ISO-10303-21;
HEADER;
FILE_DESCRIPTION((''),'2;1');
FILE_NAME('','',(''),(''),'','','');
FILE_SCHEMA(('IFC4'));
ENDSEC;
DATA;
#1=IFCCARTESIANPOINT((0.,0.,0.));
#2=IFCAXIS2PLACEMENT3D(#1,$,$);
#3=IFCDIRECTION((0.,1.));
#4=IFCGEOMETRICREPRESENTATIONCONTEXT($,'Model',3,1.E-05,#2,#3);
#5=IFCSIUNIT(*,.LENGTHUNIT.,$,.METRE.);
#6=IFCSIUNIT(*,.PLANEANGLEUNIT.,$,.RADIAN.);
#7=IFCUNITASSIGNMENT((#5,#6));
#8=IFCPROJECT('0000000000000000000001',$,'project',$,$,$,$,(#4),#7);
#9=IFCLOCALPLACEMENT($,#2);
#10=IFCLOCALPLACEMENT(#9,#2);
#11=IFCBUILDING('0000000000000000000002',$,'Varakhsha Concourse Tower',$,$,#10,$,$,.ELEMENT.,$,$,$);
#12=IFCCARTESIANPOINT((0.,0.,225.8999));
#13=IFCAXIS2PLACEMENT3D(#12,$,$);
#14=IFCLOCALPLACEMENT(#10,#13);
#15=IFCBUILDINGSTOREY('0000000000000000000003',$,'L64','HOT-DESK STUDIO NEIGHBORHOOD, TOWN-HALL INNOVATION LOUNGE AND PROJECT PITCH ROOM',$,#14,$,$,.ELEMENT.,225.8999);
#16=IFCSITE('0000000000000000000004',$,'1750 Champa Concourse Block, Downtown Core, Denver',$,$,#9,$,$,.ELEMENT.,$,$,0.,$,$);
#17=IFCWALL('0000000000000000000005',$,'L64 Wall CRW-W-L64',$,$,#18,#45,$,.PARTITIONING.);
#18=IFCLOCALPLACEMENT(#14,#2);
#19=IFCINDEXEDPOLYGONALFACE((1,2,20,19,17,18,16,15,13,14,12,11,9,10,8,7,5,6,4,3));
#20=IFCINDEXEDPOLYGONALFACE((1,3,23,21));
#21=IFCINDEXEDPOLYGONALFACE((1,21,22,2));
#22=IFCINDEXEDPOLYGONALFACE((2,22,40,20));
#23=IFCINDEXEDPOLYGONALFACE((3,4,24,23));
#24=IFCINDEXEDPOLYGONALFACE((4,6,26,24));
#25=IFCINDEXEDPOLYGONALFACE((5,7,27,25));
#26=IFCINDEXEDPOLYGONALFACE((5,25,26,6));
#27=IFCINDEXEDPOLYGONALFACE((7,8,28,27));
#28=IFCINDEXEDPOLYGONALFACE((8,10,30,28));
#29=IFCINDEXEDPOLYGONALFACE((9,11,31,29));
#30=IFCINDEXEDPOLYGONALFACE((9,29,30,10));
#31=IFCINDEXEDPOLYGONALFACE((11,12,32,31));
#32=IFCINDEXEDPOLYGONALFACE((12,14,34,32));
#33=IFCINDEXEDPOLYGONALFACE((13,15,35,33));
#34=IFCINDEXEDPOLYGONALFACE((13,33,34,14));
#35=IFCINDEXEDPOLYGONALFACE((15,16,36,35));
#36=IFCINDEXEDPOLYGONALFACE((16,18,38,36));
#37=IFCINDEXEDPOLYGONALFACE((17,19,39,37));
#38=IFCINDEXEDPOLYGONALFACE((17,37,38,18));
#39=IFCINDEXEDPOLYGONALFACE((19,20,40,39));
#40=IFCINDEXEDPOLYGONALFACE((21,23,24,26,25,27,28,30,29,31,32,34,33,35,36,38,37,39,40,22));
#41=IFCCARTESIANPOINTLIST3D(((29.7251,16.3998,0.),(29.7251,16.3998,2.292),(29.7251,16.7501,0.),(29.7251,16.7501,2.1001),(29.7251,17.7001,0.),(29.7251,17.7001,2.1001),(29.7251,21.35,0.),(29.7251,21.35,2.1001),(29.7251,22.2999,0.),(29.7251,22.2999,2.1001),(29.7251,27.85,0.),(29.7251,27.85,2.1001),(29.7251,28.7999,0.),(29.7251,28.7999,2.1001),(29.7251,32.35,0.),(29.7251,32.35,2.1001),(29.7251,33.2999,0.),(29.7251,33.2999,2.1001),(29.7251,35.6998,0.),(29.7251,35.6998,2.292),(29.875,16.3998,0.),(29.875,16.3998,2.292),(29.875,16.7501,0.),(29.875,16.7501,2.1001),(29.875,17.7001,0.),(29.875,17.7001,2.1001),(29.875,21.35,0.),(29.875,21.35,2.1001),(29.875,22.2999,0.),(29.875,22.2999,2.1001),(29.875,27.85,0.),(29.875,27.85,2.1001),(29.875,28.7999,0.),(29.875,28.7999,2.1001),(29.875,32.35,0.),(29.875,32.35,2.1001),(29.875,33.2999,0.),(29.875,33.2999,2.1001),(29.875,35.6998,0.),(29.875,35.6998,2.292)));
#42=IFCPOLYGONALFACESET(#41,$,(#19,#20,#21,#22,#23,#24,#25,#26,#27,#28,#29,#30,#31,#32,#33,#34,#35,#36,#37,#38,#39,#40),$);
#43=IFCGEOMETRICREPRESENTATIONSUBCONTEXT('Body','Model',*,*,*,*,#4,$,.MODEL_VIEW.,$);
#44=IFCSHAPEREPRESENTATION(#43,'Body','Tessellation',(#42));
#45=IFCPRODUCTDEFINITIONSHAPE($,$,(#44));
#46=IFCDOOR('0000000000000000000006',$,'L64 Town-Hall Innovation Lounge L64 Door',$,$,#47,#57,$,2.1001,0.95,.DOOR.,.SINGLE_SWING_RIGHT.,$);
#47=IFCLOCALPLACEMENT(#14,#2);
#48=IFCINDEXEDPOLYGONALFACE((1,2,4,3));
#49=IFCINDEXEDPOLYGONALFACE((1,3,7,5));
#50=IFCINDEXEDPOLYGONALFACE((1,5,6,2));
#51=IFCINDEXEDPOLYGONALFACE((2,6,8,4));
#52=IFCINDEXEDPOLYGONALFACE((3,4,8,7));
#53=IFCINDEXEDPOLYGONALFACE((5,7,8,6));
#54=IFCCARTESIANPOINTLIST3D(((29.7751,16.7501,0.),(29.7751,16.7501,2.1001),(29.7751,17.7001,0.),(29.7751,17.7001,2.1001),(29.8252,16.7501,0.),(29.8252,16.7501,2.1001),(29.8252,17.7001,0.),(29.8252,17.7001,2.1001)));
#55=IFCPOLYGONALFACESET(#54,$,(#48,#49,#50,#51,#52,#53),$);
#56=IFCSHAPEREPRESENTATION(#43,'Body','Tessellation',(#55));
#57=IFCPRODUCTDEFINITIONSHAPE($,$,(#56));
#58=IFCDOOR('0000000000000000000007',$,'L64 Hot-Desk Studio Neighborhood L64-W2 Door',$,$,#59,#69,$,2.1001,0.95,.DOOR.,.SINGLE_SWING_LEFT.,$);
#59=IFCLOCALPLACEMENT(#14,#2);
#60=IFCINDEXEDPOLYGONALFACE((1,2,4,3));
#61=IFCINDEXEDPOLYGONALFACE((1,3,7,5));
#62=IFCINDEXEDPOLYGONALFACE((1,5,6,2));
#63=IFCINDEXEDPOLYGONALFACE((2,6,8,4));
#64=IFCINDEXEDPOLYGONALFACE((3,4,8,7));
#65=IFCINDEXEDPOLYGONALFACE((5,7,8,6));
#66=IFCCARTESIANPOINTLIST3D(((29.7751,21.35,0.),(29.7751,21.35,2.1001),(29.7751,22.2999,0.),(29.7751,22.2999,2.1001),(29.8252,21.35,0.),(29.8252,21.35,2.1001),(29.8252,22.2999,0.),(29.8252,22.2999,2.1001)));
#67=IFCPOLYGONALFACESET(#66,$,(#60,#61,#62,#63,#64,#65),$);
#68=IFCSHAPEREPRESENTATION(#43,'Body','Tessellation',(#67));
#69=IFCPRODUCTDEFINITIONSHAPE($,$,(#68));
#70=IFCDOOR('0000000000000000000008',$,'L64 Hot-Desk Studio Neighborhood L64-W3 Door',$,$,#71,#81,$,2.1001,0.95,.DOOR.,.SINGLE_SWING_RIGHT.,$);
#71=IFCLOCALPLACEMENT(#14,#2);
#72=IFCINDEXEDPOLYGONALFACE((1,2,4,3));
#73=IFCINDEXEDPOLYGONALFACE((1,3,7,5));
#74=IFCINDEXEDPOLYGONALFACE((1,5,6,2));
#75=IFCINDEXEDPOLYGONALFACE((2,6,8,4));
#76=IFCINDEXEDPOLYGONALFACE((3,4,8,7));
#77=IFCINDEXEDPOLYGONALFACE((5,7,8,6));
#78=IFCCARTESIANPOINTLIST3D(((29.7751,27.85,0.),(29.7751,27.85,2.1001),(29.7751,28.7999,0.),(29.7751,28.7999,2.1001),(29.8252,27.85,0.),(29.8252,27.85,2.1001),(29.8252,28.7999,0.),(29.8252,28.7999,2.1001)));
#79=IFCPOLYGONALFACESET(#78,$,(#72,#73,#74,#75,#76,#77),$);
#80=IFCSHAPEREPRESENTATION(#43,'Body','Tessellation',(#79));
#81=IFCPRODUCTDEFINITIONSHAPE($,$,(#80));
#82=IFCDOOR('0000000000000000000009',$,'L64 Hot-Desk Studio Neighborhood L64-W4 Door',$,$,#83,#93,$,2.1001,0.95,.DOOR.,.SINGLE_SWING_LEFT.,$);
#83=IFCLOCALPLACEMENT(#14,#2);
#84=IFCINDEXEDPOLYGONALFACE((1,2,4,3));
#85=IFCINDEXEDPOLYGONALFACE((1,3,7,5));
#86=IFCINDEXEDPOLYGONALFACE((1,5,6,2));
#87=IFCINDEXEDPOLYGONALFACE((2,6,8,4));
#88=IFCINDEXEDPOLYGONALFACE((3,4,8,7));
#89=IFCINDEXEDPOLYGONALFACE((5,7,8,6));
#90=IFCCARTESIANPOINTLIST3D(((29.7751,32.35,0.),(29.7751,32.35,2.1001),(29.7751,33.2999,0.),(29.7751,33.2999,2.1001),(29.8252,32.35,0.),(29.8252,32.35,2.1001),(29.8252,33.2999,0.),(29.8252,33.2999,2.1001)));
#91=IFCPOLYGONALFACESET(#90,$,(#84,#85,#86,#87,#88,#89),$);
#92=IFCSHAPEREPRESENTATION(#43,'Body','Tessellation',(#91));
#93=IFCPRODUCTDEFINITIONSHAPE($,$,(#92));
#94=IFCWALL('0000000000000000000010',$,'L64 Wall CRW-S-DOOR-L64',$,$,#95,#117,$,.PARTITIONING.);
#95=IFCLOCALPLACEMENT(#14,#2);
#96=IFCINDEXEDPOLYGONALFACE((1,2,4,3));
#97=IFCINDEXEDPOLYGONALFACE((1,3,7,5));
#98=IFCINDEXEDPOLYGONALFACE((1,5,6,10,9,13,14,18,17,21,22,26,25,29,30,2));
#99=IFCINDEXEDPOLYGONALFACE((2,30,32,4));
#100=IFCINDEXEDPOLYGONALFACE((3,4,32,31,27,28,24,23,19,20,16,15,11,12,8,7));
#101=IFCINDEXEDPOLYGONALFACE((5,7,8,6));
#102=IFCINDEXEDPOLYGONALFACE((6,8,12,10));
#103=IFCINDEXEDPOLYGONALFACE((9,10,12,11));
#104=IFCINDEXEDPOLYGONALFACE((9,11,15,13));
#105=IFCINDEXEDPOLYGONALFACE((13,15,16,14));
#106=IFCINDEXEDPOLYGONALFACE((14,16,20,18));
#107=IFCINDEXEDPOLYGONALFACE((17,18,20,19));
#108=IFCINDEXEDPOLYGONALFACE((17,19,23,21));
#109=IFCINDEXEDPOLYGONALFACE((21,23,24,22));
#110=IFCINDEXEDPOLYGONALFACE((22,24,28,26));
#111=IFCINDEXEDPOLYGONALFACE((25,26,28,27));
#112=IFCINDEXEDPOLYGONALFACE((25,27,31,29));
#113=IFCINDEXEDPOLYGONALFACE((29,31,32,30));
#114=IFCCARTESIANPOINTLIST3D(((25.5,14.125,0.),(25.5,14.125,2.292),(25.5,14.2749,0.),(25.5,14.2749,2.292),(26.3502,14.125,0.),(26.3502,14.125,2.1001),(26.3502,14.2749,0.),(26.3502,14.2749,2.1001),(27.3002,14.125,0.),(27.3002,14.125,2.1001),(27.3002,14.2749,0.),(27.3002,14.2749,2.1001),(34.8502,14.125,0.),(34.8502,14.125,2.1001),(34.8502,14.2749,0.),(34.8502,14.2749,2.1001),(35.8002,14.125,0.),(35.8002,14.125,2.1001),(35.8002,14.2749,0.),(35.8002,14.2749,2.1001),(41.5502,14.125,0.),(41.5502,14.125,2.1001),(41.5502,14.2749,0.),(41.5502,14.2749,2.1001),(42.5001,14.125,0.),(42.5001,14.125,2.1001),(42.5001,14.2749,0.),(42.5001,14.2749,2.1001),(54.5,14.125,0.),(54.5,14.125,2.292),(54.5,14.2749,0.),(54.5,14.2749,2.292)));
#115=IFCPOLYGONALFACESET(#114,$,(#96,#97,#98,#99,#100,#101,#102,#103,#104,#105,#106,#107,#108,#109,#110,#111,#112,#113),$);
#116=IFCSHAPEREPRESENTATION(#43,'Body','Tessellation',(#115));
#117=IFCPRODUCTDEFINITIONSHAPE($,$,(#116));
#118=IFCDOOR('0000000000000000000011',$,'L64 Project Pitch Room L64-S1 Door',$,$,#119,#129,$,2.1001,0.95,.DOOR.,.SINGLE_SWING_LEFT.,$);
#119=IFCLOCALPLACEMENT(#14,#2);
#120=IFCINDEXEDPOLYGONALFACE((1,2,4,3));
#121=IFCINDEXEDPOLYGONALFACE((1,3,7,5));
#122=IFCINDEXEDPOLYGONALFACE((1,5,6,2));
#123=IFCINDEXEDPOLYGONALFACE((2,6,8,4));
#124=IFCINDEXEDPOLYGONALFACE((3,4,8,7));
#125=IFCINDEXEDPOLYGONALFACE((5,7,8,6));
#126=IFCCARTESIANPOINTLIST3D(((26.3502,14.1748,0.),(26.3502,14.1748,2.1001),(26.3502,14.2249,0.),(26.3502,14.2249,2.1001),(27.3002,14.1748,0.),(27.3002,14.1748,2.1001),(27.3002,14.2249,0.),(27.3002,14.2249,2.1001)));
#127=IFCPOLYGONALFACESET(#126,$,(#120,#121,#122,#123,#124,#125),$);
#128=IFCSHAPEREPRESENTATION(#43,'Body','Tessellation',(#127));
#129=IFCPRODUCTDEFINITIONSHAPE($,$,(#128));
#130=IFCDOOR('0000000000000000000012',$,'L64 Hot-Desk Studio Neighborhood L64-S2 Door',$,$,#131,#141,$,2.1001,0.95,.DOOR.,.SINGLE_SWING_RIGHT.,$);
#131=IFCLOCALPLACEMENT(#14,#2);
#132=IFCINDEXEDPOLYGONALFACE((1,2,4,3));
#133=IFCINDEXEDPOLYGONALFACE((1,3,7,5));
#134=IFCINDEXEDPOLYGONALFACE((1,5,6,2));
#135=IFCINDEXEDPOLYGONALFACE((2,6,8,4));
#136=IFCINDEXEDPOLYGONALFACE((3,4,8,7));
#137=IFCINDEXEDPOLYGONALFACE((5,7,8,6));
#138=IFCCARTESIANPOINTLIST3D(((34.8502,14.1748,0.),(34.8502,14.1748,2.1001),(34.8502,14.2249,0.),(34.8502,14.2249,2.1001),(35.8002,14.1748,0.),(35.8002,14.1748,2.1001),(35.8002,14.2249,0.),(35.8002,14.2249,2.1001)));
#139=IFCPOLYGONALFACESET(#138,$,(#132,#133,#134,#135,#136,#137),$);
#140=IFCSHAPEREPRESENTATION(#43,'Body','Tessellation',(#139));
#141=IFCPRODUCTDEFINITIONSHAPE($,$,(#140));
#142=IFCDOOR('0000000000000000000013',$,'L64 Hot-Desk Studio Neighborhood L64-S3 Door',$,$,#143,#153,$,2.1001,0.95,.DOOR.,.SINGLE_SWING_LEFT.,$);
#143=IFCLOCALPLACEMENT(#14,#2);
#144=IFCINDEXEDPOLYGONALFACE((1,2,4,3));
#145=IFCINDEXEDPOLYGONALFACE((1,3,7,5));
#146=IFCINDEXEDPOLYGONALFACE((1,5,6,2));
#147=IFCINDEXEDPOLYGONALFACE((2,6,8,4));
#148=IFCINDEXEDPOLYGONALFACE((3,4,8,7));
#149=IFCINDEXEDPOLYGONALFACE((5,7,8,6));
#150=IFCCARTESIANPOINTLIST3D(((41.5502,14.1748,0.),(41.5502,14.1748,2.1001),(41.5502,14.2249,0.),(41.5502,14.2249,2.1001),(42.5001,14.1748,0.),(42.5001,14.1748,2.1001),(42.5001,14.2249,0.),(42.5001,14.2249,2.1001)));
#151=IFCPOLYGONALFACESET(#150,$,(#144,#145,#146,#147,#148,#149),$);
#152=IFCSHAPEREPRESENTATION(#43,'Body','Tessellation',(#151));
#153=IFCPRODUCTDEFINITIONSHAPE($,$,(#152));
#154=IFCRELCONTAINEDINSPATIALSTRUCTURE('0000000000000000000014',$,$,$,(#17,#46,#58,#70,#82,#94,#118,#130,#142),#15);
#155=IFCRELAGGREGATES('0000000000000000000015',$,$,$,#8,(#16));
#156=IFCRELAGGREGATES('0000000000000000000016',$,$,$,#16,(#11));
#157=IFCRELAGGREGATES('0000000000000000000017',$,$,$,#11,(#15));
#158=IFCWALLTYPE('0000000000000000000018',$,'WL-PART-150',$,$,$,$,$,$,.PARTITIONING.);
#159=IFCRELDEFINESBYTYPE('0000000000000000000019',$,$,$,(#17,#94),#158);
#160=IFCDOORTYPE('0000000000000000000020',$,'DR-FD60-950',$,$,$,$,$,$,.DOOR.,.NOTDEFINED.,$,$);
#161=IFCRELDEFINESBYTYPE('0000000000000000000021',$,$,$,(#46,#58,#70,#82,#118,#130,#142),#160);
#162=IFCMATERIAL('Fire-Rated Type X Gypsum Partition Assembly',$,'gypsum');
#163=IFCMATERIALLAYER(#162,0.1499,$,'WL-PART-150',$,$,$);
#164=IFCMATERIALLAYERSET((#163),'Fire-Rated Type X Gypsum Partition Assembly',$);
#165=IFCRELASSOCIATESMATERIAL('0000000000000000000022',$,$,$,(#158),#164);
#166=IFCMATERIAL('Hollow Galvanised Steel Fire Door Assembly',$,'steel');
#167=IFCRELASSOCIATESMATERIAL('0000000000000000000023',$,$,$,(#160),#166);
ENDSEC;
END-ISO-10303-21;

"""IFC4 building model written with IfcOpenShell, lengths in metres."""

from ifc_helpers import new_model, si_unit, direction, frame, frame_2d, origin, place, context, subcontext, project, spatial, rectangle, extrude, material, layer, layer_set, type_object, element, fill, save


model = new_model("IFC4")

# Units and contexts
model_context = context("Model", 3, precision=1e-05, world=origin(), true_north=direction((0.0, 1.0)))
body_context = subcontext(model_context, "Body", "Model", "MODEL_VIEW")
ifc_project = project(units=[si_unit("LENGTHUNIT", "METRE"), si_unit("PLANEANGLEUNIT", "RADIAN")], contexts=[model_context])

# Site, building, storey
site_placement = place(None, origin())
site = spatial("IfcSite", under=ifc_project, at=site_placement, Name="1750 Champa Concourse Block, Downtown Core, Denver", CompositionType="ELEMENT", RefElevation=0.0)
building_placement = place(site_placement, origin())
building = spatial("IfcBuilding", under=site, at=building_placement, Name="Varakhsha Concourse Tower", CompositionType="ELEMENT")
storey_placement = place(building_placement, frame((0.0, 0.0, 225.8999)))
storey = spatial("IfcBuildingStorey", under=building, at=storey_placement, Name="L64", Description="HOT-DESK STUDIO NEIGHBORHOOD, TOWN-HALL INNOVATION LOUNGE AND PROJECT PITCH ROOM", CompositionType="ELEMENT", Elevation=225.8999)

# Walls, openings, doors
ifc_material_1 = material(Name="Fire-Rated Type X Gypsum Partition Assembly", Category="gypsum")
ifc_layer_1 = layer(ifc_material_1, 0.1499, Name="WL-PART-150")
ifc_layer_set_1 = layer_set([ifc_layer_1], Name="Fire-Rated Type X Gypsum Partition Assembly")
wall_type = type_object("IfcWallType", Name="WL-PART-150", PredefinedType="PARTITIONING", material=ifc_layer_set_1)
wall_1_placement = place(storey_placement, frame((29.8, 16.3999, 0.0), z_axis=(0.0, 0.0, 1.0), x_axis=(0.0, 1.0, 0.0)))
wall_1 = element("IfcWall", 1, at=wall_1_placement, inside=storey, type_object=wall_type, Name="L64 Wall CRW-W-L64", PredefinedType="PARTITIONING", context=body_context, shape_type="SweptSolid", body=[
    extrude(rectangle(XDim=19.3, YDim=0.1499, at=frame_2d((9.6499, 0.0))), origin(), (0.0, 0.0, 1.0), 2.292),
])
opening_1_placement = place(wall_1_placement, frame((0.3501, 0.0, 0.0)))
opening_1 = element("IfcOpeningElement", 2, at=opening_1_placement, cuts=wall_1, PredefinedType="OPENING", context=body_context, shape_type="SweptSolid", body=[
    extrude(rectangle(XDim=0.95, YDim=2.1001, at=frame_2d((0.4751, 1.05))), frame((0.0, 0.085, 0.0), z_axis=(0.0, -1.0, 0.0), x_axis=(1.0, 0.0, 0.0)), (0.0, 0.0, 1.0), 0.1699),
])
opening_2_placement = place(wall_1_placement, frame((4.95, 0.0, 0.0)))
opening_2 = element("IfcOpeningElement", 3, at=opening_2_placement, cuts=wall_1, PredefinedType="OPENING", context=body_context, shape_type="SweptSolid", body=[
    extrude(rectangle(XDim=0.95, YDim=2.1001, at=frame_2d((0.4751, 1.05))), frame((0.0, 0.085, 0.0), z_axis=(0.0, -1.0, 0.0), x_axis=(1.0, 0.0, 0.0)), (0.0, 0.0, 1.0), 0.1699),
])
opening_3_placement = place(wall_1_placement, frame((11.45, 0.0, 0.0)))
opening_3 = element("IfcOpeningElement", 4, at=opening_3_placement, cuts=wall_1, PredefinedType="OPENING", context=body_context, shape_type="SweptSolid", body=[
    extrude(rectangle(XDim=0.95, YDim=2.1001, at=frame_2d((0.4751, 1.05))), frame((0.0, 0.085, 0.0), z_axis=(0.0, -1.0, 0.0), x_axis=(1.0, 0.0, 0.0)), (0.0, 0.0, 1.0), 0.1699),
])
opening_4_placement = place(wall_1_placement, frame((15.95, 0.0, 0.0)))
opening_4 = element("IfcOpeningElement", 5, at=opening_4_placement, cuts=wall_1, PredefinedType="OPENING", context=body_context, shape_type="SweptSolid", body=[
    extrude(rectangle(XDim=0.95, YDim=2.1001, at=frame_2d((0.4751, 1.05))), frame((0.0, 0.085, 0.0), z_axis=(0.0, -1.0, 0.0), x_axis=(1.0, 0.0, 0.0)), (0.0, 0.0, 1.0), 0.1699),
])
ifc_material_2 = material(Name="Hollow Galvanised Steel Fire Door Assembly", Category="steel")
door_type = type_object("IfcDoorType", Name="DR-FD60-950", OperationType="NOTDEFINED", PredefinedType="DOOR", material=ifc_material_2)
door_1_placement = place(opening_1_placement, origin())
door_1 = element("IfcDoor", 6, at=door_1_placement, inside=storey, type_object=door_type, Name="L64 Town-Hall Innovation Lounge L64 Door", OperationType="SINGLE_SWING_RIGHT", OverallHeight=2.1001, OverallWidth=0.95, PredefinedType="DOOR", context=body_context, shape_type="SweptSolid", body=[
    extrude(rectangle(XDim=0.95, YDim=2.1001, at=frame_2d((0.4751, 1.05))), frame((0.0, 0.0249, 0.0), z_axis=(0.0, -1.0, 0.0), x_axis=(1.0, 0.0, 0.0)), (0.0, 0.0, 1.0), 0.05),
])
fill(opening_1, door_1)
door_2_placement = place(opening_2_placement, origin())
door_2 = element("IfcDoor", 7, at=door_2_placement, inside=storey, type_object=door_type, Name="L64 Hot-Desk Studio Neighborhood L64-W2 Door", OperationType="SINGLE_SWING_LEFT", OverallHeight=2.1001, OverallWidth=0.95, PredefinedType="DOOR", context=body_context, shape_type="SweptSolid", body=[
    extrude(rectangle(XDim=0.95, YDim=2.1001, at=frame_2d((0.4751, 1.05))), frame((0.0, 0.0249, 0.0), z_axis=(0.0, -1.0, 0.0), x_axis=(1.0, 0.0, 0.0)), (0.0, 0.0, 1.0), 0.05),
])
fill(opening_2, door_2)
door_3_placement = place(opening_3_placement, origin())
door_3 = element("IfcDoor", 8, at=door_3_placement, inside=storey, type_object=door_type, Name="L64 Hot-Desk Studio Neighborhood L64-W3 Door", OperationType="SINGLE_SWING_RIGHT", OverallHeight=2.1001, OverallWidth=0.95, PredefinedType="DOOR", context=body_context, shape_type="SweptSolid", body=[
    extrude(rectangle(XDim=0.95, YDim=2.1001, at=frame_2d((0.4751, 1.05))), frame((0.0, 0.0249, 0.0), z_axis=(0.0, -1.0, 0.0), x_axis=(1.0, 0.0, 0.0)), (0.0, 0.0, 1.0), 0.05),
])
fill(opening_3, door_3)
door_4_placement = place(opening_4_placement, origin())
door_4 = element("IfcDoor", 9, at=door_4_placement, inside=storey, type_object=door_type, Name="L64 Hot-Desk Studio Neighborhood L64-W4 Door", OperationType="SINGLE_SWING_LEFT", OverallHeight=2.1001, OverallWidth=0.95, PredefinedType="DOOR", context=body_context, shape_type="SweptSolid", body=[
    extrude(rectangle(XDim=0.95, YDim=2.1001, at=frame_2d((0.4751, 1.05))), frame((0.0, 0.0249, 0.0), z_axis=(0.0, -1.0, 0.0), x_axis=(1.0, 0.0, 0.0)), (0.0, 0.0, 1.0), 0.05),
])
fill(opening_4, door_4)
wall_2_placement = place(storey_placement, frame((25.5, 14.2, 0.0), z_axis=(0.0, 0.0, 1.0), x_axis=(1.0, 0.0, 0.0)))
wall_2 = element("IfcWall", 10, at=wall_2_placement, inside=storey, type_object=wall_type, Name="L64 Wall CRW-S-DOOR-L64", PredefinedType="PARTITIONING", context=body_context, shape_type="SweptSolid", body=[
    extrude(rectangle(XDim=29.0, YDim=0.1499, at=frame_2d((14.5, 0.0))), origin(), (0.0, 0.0, 1.0), 2.292),
])
opening_5_placement = place(wall_2_placement, frame((0.8501, 0.0, 0.0)))
opening_5 = element("IfcOpeningElement", 11, at=opening_5_placement, cuts=wall_2, PredefinedType="OPENING", context=body_context, shape_type="SweptSolid", body=[
    extrude(rectangle(XDim=0.95, YDim=2.1001, at=frame_2d((0.4751, 1.05))), frame((0.0, 0.085, 0.0), z_axis=(0.0, -1.0, 0.0), x_axis=(1.0, 0.0, 0.0)), (0.0, 0.0, 1.0), 0.1699),
])
opening_6_placement = place(wall_2_placement, frame((9.3501, 0.0, 0.0)))
opening_6 = element("IfcOpeningElement", 12, at=opening_6_placement, cuts=wall_2, PredefinedType="OPENING", context=body_context, shape_type="SweptSolid", body=[
    extrude(rectangle(XDim=0.95, YDim=2.1001, at=frame_2d((0.4751, 1.05))), frame((0.0, 0.085, 0.0), z_axis=(0.0, -1.0, 0.0), x_axis=(1.0, 0.0, 0.0)), (0.0, 0.0, 1.0), 0.1699),
])
opening_7_placement = place(wall_2_placement, frame((16.05, 0.0, 0.0)))
opening_7 = element("IfcOpeningElement", 13, at=opening_7_placement, cuts=wall_2, PredefinedType="OPENING", context=body_context, shape_type="SweptSolid", body=[
    extrude(rectangle(XDim=0.95, YDim=2.1001, at=frame_2d((0.4751, 1.05))), frame((0.0, 0.085, 0.0), z_axis=(0.0, -1.0, 0.0), x_axis=(1.0, 0.0, 0.0)), (0.0, 0.0, 1.0), 0.1699),
])
door_5_placement = place(opening_5_placement, origin())
door_5 = element("IfcDoor", 14, at=door_5_placement, inside=storey, type_object=door_type, Name="L64 Project Pitch Room L64-S1 Door", OperationType="SINGLE_SWING_LEFT", OverallHeight=2.1001, OverallWidth=0.95, PredefinedType="DOOR", context=body_context, shape_type="SweptSolid", body=[
    extrude(rectangle(XDim=0.95, YDim=2.1001, at=frame_2d((0.4751, 1.05))), frame((0.0, 0.0249, 0.0), z_axis=(0.0, -1.0, 0.0), x_axis=(1.0, 0.0, 0.0)), (0.0, 0.0, 1.0), 0.05),
])
fill(opening_5, door_5)
door_6_placement = place(opening_6_placement, origin())
door_6 = element("IfcDoor", 15, at=door_6_placement, inside=storey, type_object=door_type, Name="L64 Hot-Desk Studio Neighborhood L64-S2 Door", OperationType="SINGLE_SWING_RIGHT", OverallHeight=2.1001, OverallWidth=0.95, PredefinedType="DOOR", context=body_context, shape_type="SweptSolid", body=[
    extrude(rectangle(XDim=0.95, YDim=2.1001, at=frame_2d((0.4751, 1.05))), frame((0.0, 0.0249, 0.0), z_axis=(0.0, -1.0, 0.0), x_axis=(1.0, 0.0, 0.0)), (0.0, 0.0, 1.0), 0.05),
])
fill(opening_6, door_6)
door_7_placement = place(opening_7_placement, origin())
door_7 = element("IfcDoor", 16, at=door_7_placement, inside=storey, type_object=door_type, Name="L64 Hot-Desk Studio Neighborhood L64-S3 Door", OperationType="SINGLE_SWING_LEFT", OverallHeight=2.1001, OverallWidth=0.95, PredefinedType="DOOR", context=body_context, shape_type="SweptSolid", body=[
    extrude(rectangle(XDim=0.95, YDim=2.1001, at=frame_2d((0.4751, 1.05))), frame((0.0, 0.0249, 0.0), z_axis=(0.0, -1.0, 0.0), x_axis=(1.0, 0.0, 0.0)), (0.0, 0.0, 1.0), 0.05),
])
fill(opening_7, door_7)

save(model, "model.ifc")
